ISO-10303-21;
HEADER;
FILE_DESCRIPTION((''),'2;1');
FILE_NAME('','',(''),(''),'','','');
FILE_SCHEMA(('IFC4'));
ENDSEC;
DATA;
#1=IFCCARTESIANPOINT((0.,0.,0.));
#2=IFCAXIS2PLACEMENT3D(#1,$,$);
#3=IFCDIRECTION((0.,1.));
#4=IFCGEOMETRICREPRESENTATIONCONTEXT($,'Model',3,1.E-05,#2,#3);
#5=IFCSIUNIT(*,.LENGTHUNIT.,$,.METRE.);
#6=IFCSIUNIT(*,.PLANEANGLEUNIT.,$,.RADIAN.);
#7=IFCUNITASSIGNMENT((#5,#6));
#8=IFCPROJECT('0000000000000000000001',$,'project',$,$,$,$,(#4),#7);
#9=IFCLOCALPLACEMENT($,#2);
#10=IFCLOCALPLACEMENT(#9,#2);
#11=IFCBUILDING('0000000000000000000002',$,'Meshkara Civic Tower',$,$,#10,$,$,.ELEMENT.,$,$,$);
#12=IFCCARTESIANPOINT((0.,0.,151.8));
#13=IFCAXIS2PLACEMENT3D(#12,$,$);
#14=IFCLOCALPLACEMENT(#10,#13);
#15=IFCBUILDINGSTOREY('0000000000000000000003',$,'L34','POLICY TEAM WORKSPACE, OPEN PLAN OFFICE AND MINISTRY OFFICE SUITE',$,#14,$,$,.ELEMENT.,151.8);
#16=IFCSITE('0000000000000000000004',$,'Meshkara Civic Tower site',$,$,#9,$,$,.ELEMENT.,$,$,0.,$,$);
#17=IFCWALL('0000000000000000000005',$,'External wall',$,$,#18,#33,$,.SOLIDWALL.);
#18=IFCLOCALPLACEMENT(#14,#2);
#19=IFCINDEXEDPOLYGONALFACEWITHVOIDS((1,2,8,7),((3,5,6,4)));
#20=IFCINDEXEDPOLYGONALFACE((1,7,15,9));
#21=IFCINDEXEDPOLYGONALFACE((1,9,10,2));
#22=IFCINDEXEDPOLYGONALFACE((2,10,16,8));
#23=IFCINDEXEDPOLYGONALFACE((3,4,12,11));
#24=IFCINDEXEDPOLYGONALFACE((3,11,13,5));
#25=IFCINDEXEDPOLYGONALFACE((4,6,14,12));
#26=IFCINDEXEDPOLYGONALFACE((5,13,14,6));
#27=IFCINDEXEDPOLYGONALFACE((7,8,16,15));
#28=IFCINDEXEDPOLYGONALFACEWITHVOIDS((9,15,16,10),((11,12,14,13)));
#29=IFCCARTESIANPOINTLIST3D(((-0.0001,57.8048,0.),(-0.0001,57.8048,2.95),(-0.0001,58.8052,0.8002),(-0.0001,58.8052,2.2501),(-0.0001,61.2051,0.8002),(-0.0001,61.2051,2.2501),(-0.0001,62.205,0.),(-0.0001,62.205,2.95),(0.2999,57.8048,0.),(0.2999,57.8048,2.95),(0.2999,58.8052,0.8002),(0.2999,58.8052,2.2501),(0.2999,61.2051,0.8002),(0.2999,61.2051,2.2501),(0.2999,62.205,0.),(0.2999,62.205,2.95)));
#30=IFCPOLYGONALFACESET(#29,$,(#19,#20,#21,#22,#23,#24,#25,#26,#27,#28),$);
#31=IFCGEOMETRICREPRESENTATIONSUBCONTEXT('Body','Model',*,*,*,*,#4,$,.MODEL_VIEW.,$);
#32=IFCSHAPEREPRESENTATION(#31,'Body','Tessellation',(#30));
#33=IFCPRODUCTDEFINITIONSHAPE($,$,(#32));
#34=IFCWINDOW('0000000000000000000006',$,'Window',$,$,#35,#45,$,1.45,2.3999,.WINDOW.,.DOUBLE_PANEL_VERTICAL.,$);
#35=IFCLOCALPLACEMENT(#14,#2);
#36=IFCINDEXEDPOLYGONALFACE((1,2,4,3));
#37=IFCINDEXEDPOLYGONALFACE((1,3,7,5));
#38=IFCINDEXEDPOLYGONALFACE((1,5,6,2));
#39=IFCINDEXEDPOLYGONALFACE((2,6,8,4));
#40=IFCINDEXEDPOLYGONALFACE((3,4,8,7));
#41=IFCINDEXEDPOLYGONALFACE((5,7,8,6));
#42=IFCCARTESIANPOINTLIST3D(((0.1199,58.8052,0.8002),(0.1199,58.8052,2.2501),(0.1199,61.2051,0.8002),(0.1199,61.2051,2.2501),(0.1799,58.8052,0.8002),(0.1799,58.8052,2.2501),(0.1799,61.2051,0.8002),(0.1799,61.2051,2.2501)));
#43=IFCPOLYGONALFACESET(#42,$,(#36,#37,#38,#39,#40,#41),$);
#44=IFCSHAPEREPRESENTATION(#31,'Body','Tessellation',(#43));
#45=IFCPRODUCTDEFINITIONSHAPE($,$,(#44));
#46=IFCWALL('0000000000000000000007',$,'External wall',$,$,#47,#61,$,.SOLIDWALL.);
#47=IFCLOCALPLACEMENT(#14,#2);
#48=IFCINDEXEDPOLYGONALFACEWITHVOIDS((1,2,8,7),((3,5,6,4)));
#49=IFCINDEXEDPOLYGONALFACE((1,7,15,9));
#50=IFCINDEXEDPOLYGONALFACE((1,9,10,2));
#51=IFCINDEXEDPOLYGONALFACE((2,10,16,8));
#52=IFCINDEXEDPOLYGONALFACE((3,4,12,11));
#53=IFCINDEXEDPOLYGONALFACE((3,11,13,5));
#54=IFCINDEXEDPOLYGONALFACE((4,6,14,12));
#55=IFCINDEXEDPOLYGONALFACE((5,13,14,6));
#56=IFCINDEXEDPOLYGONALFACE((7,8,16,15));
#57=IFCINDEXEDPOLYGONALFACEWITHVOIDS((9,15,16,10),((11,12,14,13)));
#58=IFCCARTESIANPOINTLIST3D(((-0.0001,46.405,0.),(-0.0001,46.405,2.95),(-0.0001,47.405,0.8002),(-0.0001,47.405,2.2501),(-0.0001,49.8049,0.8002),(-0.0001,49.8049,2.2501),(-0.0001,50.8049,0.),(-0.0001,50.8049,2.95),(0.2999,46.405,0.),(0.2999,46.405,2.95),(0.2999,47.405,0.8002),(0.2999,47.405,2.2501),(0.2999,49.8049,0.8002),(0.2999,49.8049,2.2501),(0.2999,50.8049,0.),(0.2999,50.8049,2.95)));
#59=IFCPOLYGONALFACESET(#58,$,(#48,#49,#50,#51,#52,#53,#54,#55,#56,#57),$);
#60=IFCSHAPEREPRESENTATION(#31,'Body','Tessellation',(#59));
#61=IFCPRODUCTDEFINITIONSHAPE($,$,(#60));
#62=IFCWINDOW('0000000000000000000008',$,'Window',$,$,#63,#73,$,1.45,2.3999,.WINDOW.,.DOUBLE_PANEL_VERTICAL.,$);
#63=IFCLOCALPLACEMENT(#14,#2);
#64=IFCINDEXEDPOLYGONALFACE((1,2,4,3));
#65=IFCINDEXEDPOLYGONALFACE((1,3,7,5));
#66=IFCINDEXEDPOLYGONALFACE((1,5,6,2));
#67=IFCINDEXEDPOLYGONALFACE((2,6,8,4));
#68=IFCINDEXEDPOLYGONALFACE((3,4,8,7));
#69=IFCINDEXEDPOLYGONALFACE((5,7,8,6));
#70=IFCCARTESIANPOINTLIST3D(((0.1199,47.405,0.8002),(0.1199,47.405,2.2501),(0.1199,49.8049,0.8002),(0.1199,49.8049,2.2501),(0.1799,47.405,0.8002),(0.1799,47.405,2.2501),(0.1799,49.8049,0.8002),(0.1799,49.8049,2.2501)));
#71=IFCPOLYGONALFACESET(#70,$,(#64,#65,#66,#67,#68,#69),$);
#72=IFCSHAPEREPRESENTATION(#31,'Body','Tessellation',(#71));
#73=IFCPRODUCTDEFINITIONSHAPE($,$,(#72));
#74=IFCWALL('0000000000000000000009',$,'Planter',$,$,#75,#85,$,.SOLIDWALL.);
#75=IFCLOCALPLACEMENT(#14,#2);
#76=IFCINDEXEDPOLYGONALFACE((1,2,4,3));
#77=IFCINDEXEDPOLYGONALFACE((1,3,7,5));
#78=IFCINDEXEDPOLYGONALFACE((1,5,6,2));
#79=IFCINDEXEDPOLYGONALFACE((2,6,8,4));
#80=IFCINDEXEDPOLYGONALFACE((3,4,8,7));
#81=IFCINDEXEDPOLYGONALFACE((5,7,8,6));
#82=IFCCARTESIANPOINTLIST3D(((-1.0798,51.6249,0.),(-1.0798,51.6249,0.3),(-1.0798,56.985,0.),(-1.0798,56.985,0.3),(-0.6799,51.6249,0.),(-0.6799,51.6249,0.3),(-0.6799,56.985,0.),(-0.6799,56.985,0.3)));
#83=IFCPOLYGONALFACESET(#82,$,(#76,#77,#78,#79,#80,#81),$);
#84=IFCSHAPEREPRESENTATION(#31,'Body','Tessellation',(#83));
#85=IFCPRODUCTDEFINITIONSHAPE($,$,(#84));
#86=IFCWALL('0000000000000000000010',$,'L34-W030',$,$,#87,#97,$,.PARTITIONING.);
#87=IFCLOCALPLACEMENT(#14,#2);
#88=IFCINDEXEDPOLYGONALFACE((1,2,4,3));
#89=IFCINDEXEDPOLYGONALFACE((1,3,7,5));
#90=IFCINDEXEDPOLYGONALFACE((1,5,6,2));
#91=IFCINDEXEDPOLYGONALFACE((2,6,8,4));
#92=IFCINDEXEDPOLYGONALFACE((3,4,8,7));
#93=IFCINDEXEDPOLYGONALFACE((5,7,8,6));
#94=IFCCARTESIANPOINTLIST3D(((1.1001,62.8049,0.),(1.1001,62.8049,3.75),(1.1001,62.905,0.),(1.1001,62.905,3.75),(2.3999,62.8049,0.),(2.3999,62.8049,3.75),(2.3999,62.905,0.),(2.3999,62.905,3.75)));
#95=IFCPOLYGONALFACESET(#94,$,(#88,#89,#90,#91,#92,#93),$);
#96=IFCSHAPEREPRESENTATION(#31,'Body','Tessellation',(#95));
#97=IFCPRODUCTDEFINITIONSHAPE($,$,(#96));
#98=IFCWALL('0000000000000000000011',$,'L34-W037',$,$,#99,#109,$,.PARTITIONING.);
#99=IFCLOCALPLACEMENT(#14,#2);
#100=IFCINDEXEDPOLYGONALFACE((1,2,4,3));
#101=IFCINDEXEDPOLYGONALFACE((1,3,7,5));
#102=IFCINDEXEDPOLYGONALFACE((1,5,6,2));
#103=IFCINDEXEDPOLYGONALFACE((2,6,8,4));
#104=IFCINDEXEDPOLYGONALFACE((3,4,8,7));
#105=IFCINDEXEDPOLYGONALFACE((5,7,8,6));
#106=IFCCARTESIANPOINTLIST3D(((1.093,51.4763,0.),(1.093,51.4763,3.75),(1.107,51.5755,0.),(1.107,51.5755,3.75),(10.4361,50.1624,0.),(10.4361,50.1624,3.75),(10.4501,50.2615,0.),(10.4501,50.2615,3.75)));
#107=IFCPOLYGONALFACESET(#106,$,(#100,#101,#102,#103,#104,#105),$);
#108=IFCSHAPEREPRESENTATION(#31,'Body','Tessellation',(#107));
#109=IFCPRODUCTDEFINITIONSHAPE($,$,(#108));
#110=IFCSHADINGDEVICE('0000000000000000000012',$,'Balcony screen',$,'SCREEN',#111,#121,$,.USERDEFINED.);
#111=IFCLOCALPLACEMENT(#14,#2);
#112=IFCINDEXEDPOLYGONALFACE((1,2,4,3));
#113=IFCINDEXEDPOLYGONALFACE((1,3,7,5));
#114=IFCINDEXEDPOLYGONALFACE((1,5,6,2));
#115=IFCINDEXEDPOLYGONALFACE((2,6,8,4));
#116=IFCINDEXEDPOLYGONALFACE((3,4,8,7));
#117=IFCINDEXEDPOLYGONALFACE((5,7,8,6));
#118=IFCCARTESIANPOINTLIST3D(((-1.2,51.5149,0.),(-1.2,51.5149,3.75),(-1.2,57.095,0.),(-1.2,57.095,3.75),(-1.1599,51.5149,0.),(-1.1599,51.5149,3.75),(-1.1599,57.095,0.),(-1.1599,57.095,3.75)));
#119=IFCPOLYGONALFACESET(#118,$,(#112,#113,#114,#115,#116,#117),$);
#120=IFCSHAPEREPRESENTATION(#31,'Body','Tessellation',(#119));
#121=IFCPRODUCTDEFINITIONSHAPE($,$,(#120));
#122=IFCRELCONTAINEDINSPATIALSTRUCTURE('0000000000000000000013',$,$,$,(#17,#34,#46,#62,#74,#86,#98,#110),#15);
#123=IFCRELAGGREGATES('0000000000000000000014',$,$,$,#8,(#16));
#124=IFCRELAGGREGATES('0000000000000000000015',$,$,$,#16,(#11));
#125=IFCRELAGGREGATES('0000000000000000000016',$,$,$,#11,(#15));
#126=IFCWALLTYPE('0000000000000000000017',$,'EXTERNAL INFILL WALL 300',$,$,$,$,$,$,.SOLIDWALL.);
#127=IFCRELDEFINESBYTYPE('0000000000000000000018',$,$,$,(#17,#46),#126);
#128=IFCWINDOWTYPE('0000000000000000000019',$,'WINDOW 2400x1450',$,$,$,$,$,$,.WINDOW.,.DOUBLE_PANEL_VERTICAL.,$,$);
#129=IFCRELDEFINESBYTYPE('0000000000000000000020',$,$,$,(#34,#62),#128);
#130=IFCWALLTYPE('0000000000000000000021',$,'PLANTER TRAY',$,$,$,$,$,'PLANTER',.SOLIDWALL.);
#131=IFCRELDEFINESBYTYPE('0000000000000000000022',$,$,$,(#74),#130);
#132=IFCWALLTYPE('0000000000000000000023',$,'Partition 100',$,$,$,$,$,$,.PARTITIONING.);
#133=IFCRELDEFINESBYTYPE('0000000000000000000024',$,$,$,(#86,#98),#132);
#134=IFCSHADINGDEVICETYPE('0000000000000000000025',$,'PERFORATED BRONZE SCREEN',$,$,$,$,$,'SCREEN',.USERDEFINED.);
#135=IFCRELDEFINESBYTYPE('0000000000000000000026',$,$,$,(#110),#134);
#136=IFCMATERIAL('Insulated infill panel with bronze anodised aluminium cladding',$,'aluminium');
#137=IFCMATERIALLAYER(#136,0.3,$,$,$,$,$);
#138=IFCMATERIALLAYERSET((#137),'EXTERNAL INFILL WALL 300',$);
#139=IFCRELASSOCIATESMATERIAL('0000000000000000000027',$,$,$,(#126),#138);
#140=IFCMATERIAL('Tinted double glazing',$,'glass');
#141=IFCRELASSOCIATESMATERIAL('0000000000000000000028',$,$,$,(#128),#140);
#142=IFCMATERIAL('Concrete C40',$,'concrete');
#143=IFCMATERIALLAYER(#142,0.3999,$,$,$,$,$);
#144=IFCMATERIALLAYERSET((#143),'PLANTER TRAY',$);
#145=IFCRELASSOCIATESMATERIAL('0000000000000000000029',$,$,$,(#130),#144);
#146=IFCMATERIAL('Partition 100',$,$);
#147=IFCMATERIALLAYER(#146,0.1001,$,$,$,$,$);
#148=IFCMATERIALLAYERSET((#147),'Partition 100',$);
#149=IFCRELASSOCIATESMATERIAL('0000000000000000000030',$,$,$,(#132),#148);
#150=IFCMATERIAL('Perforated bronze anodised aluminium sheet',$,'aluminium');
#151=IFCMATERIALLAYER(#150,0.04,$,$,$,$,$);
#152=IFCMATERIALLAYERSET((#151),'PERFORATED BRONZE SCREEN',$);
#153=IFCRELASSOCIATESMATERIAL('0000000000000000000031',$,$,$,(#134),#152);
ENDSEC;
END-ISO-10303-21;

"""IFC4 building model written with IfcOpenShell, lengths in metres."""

from ifc_helpers import new_model, si_unit, direction, frame, frame_2d, origin, origin_2d, place, context, subcontext, project, spatial, rectangle, extrude, material, layer, layer_set, type_object, element, fill, save


model = new_model("IFC4")

# Units and contexts
model_context = context("Model", 3, precision=1e-05, world=origin(), true_north=direction((0.0, 1.0)))
body_context = subcontext(model_context, "Body", "Model", "MODEL_VIEW")
ifc_project = project(units=[si_unit("LENGTHUNIT", "METRE"), si_unit("PLANEANGLEUNIT", "RADIAN")], contexts=[model_context])

# Site, building, storey
site_placement = place(None, origin())
site = spatial("IfcSite", under=ifc_project, at=site_placement, Name="Meshkara Civic Tower site", CompositionType="ELEMENT", RefElevation=0.0)
building_placement = place(site_placement, origin())
building = spatial("IfcBuilding", under=site, at=building_placement, Name="Meshkara Civic Tower", CompositionType="ELEMENT")
storey_placement = place(building_placement, frame((0.0, 0.0, 151.8)))
storey = spatial("IfcBuildingStorey", under=building, at=storey_placement, Name="L34", Description="POLICY TEAM WORKSPACE, OPEN PLAN OFFICE AND MINISTRY OFFICE SUITE", CompositionType="ELEMENT", Elevation=151.8)

# Walls, openings, windows
ifc_material_1 = material(Name="Insulated infill panel with bronze anodised aluminium cladding", Category="aluminium")
ifc_layer_1 = layer(ifc_material_1, 0.3)
ifc_layer_set_1 = layer_set([ifc_layer_1], Name="EXTERNAL INFILL WALL 300")
wall_type_1 = type_object("IfcWallType", Name="EXTERNAL INFILL WALL 300", PredefinedType="SOLIDWALL", material=ifc_layer_set_1)
wall_1_placement = place(storey_placement, frame((0.1499, 62.2051, 0.0), z_axis=(0.0, 0.0, 1.0), x_axis=(0.0, -1.0, 0.0)))
wall_1 = element("IfcWall", 1, at=wall_1_placement, inside=storey, type_object=wall_type_1, Name="External wall", PredefinedType="SOLIDWALL", context=body_context, shape_type="SweptSolid", body=[
    extrude(rectangle(XDim=4.4001, YDim=0.3, at=frame_2d((2.2002, 0.0))), origin(), (0.0, 0.0, 1.0), 2.95),
])
opening_1_placement = place(wall_1_placement, frame((1.0, 0.0, 0.8)))
opening_1 = element("IfcOpeningElement", 2, at=opening_1_placement, cuts=wall_1, PredefinedType="OPENING", context=body_context, shape_type="SweptSolid", body=[
    extrude(rectangle(XDim=2.3999, YDim=1.45, at=frame_2d((1.2, 0.7251))), frame((0.0, 0.1599, 0.0), z_axis=(0.0, -1.0, 0.0), x_axis=(1.0, 0.0, 0.0)), (0.0, 0.0, 1.0), 0.3201),
])
ifc_material_2 = material(Name="Tinted double glazing", Category="glass")
window_type = type_object("IfcWindowType", Name="WINDOW 2400x1450", PartitioningType="DOUBLE_PANEL_VERTICAL", PredefinedType="WINDOW", material=ifc_material_2)
window_1_placement = place(opening_1_placement, origin())
window_1 = element("IfcWindow", 3, at=window_1_placement, inside=storey, type_object=window_type, Name="Window", OverallHeight=1.45, OverallWidth=2.3999, PartitioningType="DOUBLE_PANEL_VERTICAL", PredefinedType="WINDOW", context=body_context, shape_type="SweptSolid", body=[
    extrude(rectangle(XDim=2.3999, YDim=1.45, at=frame_2d((1.2, 0.7251))), frame((0.0, 0.03, 0.0), z_axis=(0.0, -1.0, 0.0), x_axis=(1.0, 0.0, 0.0)), (0.0, 0.0, 1.0), 0.0601),
])
fill(opening_1, window_1)
wall_2_placement = place(storey_placement, frame((0.1499, 50.8049, 0.0), z_axis=(0.0, 0.0, 1.0), x_axis=(0.0, -1.0, 0.0)))
wall_2 = element("IfcWall", 4, at=wall_2_placement, inside=storey, type_object=wall_type_1, Name="External wall", PredefinedType="SOLIDWALL", context=body_context, shape_type="SweptSolid", body=[
    extrude(rectangle(XDim=4.3999, YDim=0.3, at=frame_2d((2.2, 0.0))), origin(), (0.0, 0.0, 1.0), 2.95),
])
opening_2_placement = place(wall_2_placement, frame((1.0, 0.0, 0.8)))
opening_2 = element("IfcOpeningElement", 5, at=opening_2_placement, cuts=wall_2, PredefinedType="OPENING", context=body_context, shape_type="SweptSolid", body=[
    extrude(rectangle(XDim=2.3999, YDim=1.45, at=frame_2d((1.2, 0.7251))), frame((0.0, 0.1599, 0.0), z_axis=(0.0, -1.0, 0.0), x_axis=(1.0, 0.0, 0.0)), (0.0, 0.0, 1.0), 0.3201),
])
window_2_placement = place(opening_2_placement, origin())
window_2 = element("IfcWindow", 6, at=window_2_placement, inside=storey, type_object=window_type, Name="Window", OverallHeight=1.45, OverallWidth=2.3999, PartitioningType="DOUBLE_PANEL_VERTICAL", PredefinedType="WINDOW", context=body_context, shape_type="SweptSolid", body=[
    extrude(rectangle(XDim=2.3999, YDim=1.45, at=frame_2d((1.2, 0.7251))), frame((0.0, 0.03, 0.0), z_axis=(0.0, -1.0, 0.0), x_axis=(1.0, 0.0, 0.0)), (0.0, 0.0, 1.0), 0.0601),
])
fill(opening_2, window_2)

# Walls
ifc_material_3 = material(Name="Concrete C40", Category="concrete")
ifc_layer_2 = layer(ifc_material_3, 0.3999)
ifc_layer_set_2 = layer_set([ifc_layer_2], Name="PLANTER TRAY")
wall_type_2 = type_object("IfcWallType", Name="PLANTER TRAY", ElementType="PLANTER", PredefinedType="SOLIDWALL", material=ifc_layer_set_2)
wall_3_placement = place(storey_placement, frame((-0.8799, 56.9851, 0.0), z_axis=(0.0, 0.0, 1.0), x_axis=(0.0, -1.0, 0.0)))
element("IfcWall", 7, at=wall_3_placement, inside=storey, type_object=wall_type_2, Name="Planter", PredefinedType="SOLIDWALL", context=body_context, shape_type="SweptSolid", body=[
    extrude(rectangle(XDim=5.3601, YDim=0.3999, at=frame_2d((2.6802, 0.0))), origin(), (0.0, 0.0, 1.0), 0.3),
])
ifc_material_4 = material(Name="Partition 100")
ifc_layer_3 = layer(ifc_material_4, 0.1001)
ifc_layer_set_3 = layer_set([ifc_layer_3], Name="Partition 100")
wall_type_3 = type_object("IfcWallType", Name="Partition 100", PredefinedType="PARTITIONING", material=ifc_layer_set_3)
wall_4_placement = place(storey_placement, frame((2.3999, 62.855, 0.0), z_axis=(0.0, 0.0, 1.0), x_axis=(-1.0, 0.0, 0.0)))
element("IfcWall", 8, at=wall_4_placement, inside=storey, type_object=wall_type_3, Name="L34-W030", PredefinedType="PARTITIONING", context=body_context, shape_type="SweptSolid", body=[
    extrude(rectangle(XDim=1.2998, YDim=0.1001, at=frame_2d((0.6499, 0.0))), origin(), (0.0, 0.0, 1.0), 3.75),
])
wall_5_placement = place(storey_placement, frame((10.4431, 50.2119, 0.0), z_axis=(0.0, 0.0, 1.0), x_axis=(-0.990255, 0.139266, 0.0)))
element("IfcWall", 9, at=wall_5_placement, inside=storey, type_object=wall_type_3, Name="L34-W037", PredefinedType="PARTITIONING", context=body_context, shape_type="SweptSolid", body=[
    extrude(rectangle(XDim=9.4351, YDim=0.1001, at=frame_2d((4.7175, 0.0))), origin(), (0.0, 0.0, 1.0), 3.75),
])

# Shading device
ifc_material_5 = material(Name="Perforated bronze anodised aluminium sheet", Category="aluminium")
ifc_layer_4 = layer(ifc_material_5, 0.04)
ifc_layer_set_4 = layer_set([ifc_layer_4], Name="PERFORATED BRONZE SCREEN")
shading_device_type = type_object("IfcShadingDeviceType", Name="PERFORATED BRONZE SCREEN", ElementType="SCREEN", PredefinedType="USERDEFINED", material=ifc_layer_set_4)
shading_device_placement = place(storey_placement, frame((-1.1799, 54.3049, 0.0), z_axis=(0.0, 0.0, 1.0), x_axis=(0.0, -1.0, 0.0)))
element("IfcShadingDevice", 10, at=shading_device_placement, inside=storey, type_object=shading_device_type, Name="Balcony screen", ObjectType="SCREEN", PredefinedType="USERDEFINED", context=body_context, shape_type="SweptSolid", body=[
    extrude(rectangle(XDim=5.5801, YDim=0.04, at=origin_2d()), origin(), (0.0, 0.0, 1.0), 3.75),
])

save(model, "model.ifc")
